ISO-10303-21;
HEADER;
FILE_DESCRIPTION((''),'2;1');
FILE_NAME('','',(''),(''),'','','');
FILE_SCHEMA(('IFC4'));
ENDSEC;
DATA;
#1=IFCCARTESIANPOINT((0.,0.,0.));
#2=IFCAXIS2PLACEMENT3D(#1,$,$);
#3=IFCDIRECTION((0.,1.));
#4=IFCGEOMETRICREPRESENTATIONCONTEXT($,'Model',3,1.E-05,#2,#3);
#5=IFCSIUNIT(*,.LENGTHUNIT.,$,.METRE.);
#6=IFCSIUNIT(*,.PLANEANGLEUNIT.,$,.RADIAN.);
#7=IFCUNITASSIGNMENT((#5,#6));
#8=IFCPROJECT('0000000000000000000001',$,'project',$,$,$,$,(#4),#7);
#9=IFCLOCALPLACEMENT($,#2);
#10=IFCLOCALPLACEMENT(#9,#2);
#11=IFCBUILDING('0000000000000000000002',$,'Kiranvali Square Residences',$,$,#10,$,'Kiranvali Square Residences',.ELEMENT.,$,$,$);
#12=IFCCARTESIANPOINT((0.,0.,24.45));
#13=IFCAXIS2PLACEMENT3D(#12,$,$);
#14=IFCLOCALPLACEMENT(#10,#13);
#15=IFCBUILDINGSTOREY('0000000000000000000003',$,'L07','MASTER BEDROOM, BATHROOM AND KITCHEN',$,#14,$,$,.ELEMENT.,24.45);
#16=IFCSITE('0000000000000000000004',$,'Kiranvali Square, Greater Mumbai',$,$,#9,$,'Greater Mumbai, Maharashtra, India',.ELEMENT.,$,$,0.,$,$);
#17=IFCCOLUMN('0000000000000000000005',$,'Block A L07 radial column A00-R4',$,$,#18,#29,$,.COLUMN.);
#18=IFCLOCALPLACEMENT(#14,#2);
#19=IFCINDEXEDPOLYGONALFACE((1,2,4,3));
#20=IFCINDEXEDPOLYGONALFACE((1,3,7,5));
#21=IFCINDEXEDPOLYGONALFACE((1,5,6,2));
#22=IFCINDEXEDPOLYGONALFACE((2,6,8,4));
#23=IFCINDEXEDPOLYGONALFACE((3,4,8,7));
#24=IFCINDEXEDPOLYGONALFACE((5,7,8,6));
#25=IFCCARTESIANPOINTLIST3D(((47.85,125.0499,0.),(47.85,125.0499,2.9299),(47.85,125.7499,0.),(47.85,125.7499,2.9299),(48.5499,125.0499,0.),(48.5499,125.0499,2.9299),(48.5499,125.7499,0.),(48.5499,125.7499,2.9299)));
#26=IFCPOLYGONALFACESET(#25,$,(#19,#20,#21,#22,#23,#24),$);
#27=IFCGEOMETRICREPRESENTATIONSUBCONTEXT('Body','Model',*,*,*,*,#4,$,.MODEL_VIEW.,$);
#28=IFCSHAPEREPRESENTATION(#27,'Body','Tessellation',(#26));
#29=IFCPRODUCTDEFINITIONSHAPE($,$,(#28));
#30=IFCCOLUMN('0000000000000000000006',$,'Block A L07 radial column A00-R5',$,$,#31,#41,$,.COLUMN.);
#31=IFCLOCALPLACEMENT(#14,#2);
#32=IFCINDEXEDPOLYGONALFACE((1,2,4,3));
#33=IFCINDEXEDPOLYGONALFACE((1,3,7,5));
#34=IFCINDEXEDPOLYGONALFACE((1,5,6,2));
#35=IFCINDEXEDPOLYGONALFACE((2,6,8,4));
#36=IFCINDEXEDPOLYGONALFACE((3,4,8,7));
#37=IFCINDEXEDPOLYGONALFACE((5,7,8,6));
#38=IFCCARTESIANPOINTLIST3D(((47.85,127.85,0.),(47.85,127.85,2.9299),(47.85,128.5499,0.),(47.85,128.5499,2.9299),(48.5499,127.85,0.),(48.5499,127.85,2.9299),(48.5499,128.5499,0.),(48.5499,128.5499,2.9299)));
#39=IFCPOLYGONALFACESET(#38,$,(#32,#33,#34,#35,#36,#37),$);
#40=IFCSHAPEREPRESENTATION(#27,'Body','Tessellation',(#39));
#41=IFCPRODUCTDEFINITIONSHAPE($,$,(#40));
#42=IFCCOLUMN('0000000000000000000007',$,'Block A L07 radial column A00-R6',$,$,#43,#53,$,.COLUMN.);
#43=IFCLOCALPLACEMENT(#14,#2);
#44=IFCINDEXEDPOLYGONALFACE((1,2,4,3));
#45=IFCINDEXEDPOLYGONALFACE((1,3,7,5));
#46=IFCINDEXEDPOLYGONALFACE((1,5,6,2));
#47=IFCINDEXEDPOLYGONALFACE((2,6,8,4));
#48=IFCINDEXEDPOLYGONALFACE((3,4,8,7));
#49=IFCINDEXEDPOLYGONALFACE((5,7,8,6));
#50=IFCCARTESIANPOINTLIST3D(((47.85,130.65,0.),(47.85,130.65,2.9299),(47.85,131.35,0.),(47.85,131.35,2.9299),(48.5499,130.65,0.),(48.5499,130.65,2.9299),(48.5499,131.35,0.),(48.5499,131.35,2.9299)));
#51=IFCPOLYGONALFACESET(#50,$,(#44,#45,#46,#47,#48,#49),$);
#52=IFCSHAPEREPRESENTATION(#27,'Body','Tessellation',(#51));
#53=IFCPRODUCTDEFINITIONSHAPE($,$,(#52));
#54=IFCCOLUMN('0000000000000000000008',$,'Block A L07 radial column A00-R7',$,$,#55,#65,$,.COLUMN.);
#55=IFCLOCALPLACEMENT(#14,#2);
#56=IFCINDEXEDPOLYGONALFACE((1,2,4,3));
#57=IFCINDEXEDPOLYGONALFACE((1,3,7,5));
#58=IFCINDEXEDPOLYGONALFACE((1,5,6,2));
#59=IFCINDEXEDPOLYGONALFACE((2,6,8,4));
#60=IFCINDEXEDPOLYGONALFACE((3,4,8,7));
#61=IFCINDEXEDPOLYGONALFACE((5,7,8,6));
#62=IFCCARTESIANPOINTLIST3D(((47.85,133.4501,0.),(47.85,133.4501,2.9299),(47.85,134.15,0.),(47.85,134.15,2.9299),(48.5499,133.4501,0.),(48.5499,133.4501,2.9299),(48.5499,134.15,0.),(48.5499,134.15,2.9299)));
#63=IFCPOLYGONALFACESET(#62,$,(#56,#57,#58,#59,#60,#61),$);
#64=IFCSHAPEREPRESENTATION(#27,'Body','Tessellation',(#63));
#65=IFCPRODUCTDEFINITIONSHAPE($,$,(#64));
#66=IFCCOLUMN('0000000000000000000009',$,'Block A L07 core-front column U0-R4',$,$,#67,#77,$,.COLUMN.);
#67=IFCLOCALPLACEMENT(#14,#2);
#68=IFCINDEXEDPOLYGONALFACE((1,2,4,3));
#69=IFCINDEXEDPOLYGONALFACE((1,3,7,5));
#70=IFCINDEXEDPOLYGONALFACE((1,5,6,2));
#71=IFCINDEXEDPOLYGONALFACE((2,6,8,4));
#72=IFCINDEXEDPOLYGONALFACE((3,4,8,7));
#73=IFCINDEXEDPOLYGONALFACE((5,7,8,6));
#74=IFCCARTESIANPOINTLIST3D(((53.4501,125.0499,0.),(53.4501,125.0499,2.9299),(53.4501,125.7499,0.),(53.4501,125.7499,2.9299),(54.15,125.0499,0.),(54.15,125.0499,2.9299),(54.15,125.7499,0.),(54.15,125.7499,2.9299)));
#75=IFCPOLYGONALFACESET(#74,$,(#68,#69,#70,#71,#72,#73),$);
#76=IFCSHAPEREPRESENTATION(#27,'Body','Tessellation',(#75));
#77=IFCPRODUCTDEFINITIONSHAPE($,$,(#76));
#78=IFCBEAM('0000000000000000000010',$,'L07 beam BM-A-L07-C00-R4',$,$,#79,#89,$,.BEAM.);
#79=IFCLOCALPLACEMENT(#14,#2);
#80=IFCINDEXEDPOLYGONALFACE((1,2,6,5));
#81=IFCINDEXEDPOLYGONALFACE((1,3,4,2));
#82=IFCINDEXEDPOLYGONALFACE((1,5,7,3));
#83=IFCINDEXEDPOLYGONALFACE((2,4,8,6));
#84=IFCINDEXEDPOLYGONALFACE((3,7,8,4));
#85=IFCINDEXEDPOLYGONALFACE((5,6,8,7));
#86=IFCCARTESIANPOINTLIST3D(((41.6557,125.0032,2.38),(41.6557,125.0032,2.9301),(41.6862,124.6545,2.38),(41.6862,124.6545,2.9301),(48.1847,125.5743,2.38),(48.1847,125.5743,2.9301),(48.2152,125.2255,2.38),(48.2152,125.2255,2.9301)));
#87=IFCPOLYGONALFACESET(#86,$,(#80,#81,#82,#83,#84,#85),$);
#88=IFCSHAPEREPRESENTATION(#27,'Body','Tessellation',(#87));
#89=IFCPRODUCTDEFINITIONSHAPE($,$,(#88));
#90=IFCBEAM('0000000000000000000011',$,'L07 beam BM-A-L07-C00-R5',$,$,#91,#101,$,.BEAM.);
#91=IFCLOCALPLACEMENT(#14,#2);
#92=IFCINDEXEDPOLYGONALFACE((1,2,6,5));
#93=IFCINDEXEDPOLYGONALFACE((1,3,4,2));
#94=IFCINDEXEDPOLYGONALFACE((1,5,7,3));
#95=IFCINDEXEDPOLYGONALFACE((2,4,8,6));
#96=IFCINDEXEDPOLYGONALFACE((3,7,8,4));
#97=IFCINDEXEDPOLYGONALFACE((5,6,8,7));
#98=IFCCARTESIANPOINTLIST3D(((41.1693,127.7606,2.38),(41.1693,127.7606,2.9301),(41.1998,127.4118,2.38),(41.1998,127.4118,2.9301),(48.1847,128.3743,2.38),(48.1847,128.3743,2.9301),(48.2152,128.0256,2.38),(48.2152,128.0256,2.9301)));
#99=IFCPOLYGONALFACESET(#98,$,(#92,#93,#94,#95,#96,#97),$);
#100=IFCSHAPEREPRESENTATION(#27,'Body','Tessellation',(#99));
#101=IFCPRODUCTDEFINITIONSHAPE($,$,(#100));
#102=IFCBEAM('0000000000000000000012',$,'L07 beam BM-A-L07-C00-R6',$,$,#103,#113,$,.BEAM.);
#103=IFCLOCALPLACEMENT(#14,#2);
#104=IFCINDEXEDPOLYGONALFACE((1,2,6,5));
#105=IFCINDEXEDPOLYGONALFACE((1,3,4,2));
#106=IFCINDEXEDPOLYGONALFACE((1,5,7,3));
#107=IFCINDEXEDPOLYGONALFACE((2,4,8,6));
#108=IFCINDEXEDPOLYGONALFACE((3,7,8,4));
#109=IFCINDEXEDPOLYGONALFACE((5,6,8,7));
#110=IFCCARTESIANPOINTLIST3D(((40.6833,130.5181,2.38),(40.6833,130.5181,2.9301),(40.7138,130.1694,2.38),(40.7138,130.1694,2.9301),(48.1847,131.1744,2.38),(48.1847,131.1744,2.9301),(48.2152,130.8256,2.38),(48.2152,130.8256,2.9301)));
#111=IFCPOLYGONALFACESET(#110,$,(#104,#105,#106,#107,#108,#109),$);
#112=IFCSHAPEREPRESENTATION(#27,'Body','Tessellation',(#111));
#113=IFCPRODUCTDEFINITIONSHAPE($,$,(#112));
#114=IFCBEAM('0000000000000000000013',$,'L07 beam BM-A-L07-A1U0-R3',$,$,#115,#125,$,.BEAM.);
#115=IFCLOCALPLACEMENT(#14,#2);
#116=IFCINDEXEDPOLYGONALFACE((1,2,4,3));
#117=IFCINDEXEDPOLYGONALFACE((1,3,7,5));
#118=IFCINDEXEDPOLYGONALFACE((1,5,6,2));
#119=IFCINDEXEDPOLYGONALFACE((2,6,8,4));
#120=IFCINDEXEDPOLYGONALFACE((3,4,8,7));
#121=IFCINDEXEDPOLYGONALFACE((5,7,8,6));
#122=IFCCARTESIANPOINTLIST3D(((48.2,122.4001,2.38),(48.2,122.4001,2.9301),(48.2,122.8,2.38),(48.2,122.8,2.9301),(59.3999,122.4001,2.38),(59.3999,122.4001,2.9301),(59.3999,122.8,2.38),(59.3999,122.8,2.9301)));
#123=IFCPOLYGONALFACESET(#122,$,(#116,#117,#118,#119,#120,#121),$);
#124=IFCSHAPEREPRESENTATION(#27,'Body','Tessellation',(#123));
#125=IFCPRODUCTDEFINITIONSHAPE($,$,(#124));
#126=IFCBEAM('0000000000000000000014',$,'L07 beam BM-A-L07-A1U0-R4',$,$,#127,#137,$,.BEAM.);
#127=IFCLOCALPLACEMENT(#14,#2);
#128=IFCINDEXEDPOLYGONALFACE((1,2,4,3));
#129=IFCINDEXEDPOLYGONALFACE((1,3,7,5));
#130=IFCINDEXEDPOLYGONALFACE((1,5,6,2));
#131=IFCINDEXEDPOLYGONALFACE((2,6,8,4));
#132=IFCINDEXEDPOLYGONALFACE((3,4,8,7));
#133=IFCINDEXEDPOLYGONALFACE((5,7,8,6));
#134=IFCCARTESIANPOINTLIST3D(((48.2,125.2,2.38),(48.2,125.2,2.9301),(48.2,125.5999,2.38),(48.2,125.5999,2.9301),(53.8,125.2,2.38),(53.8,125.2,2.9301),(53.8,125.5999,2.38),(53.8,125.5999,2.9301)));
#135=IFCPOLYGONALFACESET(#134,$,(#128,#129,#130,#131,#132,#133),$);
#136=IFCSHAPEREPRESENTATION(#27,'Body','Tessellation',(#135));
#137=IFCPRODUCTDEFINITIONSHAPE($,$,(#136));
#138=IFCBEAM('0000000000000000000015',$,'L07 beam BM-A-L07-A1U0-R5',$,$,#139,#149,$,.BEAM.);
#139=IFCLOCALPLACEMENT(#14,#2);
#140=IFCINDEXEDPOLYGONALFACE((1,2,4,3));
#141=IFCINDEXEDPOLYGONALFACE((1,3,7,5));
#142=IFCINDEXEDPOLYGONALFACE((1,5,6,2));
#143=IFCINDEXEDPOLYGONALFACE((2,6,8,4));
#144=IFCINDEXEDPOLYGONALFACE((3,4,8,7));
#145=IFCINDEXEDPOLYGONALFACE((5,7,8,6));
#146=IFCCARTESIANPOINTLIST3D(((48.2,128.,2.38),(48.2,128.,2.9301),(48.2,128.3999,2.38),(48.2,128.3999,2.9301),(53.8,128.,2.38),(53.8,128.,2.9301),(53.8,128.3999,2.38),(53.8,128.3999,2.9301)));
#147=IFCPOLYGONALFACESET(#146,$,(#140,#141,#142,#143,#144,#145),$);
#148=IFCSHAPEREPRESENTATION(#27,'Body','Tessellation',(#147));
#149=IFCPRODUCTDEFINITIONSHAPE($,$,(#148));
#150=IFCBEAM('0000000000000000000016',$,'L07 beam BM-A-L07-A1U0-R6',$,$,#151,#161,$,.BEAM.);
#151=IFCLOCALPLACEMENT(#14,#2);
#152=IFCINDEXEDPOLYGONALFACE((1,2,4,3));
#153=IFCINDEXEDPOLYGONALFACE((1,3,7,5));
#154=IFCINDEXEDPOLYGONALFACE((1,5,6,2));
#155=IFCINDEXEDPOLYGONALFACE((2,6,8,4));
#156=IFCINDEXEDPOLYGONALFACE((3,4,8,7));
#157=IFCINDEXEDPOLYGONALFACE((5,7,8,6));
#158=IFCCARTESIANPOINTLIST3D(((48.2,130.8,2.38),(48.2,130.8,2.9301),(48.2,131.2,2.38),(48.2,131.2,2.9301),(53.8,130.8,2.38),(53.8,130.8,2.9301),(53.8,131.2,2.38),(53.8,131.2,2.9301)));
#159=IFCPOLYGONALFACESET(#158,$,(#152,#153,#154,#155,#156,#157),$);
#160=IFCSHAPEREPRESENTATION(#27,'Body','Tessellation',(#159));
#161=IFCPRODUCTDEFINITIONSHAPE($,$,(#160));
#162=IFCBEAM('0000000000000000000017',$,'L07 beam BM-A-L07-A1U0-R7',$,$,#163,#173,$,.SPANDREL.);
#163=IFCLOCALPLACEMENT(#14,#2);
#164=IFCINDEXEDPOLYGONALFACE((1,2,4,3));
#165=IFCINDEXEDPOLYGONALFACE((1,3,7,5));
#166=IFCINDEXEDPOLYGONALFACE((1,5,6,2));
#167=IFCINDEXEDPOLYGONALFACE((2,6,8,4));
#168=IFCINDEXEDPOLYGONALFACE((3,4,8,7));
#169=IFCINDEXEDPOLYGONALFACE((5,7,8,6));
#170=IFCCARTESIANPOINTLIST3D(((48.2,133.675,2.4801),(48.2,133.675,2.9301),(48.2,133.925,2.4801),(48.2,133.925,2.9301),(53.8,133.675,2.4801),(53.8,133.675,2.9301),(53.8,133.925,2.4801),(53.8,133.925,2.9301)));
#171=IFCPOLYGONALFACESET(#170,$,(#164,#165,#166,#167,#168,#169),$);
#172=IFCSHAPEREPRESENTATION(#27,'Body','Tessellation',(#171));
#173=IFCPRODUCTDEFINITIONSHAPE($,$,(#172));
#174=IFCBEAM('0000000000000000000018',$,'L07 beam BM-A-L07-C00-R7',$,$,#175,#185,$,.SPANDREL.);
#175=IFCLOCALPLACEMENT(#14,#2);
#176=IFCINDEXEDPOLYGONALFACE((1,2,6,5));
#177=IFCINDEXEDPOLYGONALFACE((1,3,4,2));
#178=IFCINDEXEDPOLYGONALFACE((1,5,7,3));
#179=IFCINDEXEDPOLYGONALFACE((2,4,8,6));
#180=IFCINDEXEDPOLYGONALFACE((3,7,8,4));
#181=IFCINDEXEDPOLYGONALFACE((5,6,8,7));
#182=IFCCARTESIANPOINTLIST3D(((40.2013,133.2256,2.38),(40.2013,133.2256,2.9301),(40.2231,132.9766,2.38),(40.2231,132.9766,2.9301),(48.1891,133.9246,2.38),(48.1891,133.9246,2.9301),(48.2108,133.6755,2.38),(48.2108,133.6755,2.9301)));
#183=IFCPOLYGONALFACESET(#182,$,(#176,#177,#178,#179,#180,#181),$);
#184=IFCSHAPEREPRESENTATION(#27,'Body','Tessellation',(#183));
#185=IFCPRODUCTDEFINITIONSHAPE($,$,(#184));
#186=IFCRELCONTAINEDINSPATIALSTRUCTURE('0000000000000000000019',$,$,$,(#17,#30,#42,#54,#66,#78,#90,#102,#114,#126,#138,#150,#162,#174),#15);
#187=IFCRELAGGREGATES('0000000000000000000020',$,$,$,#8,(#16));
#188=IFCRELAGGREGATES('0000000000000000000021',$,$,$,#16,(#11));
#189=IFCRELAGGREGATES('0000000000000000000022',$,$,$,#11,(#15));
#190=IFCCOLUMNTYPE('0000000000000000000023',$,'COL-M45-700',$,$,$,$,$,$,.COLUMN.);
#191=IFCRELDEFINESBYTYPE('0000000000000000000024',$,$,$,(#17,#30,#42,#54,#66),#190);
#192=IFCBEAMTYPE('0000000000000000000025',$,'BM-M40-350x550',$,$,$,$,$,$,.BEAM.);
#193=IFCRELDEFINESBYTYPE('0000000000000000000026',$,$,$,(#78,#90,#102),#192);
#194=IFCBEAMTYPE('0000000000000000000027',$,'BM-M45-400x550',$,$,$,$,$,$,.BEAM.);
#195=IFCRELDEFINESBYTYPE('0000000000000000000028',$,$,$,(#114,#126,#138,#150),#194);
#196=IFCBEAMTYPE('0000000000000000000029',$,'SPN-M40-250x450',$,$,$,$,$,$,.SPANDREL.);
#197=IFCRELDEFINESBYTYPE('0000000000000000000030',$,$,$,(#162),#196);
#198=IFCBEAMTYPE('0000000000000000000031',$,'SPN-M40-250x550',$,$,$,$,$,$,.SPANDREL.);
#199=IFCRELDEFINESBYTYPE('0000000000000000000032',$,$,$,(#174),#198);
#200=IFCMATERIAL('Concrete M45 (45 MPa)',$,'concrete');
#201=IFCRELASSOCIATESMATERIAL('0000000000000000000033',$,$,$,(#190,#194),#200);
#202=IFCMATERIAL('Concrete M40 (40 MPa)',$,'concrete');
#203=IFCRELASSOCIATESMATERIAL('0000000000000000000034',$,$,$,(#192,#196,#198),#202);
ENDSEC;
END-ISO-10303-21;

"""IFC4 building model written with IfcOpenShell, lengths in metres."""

from ifc_helpers import new_model, si_unit, direction, frame, origin, origin_2d, place, context, subcontext, project, spatial, rectangle, extrude, material, material_profile, profile_set, type_object, element, save


model = new_model("IFC4")

# Units and contexts
model_context = context("Model", 3, precision=1e-05, world=origin(), true_north=direction((0.0, 1.0)))
body_context = subcontext(model_context, "Body", "Model", "MODEL_VIEW")
ifc_project = project(units=[si_unit("LENGTHUNIT", "METRE"), si_unit("PLANEANGLEUNIT", "RADIAN")], contexts=[model_context])

# Site, building, storey
site_placement = place(None, origin())
site = spatial("IfcSite", under=ifc_project, at=site_placement, Name="Kiranvali Square, Greater Mumbai", LongName="Greater Mumbai, Maharashtra, India", CompositionType="ELEMENT", RefElevation=0.0)
building_placement = place(site_placement, origin())
building = spatial("IfcBuilding", under=site, at=building_placement, Name="Kiranvali Square Residences", LongName="Kiranvali Square Residences", CompositionType="ELEMENT")
storey_placement = place(building_placement, frame((0.0, 0.0, 24.45)))
storey = spatial("IfcBuildingStorey", under=building, at=storey_placement, Name="L07", Description="MASTER BEDROOM, BATHROOM AND KITCHEN", CompositionType="ELEMENT", Elevation=24.45)

# Columns
ifc_material_1 = material(Name="Concrete M45 (45 MPa)", Category="concrete")
ifc_material_profile_1 = material_profile(ifc_material_1, rectangle(XDim=0.7, YDim=0.7, at=origin_2d()), Name="RC 700x700")
ifc_profile_set_1 = profile_set([ifc_material_profile_1], Name="Concrete M45 (45 MPa)")
column_type = type_object("IfcColumnType", Name="COL-M45-700", PredefinedType="COLUMN", material=ifc_profile_set_1)
for number, where, z_axis, x_axis, name in (
    (1, (48.2, 125.3999, 0.0), (0.0, 0.0, 1.0), (1.0, 0.0, 0.0), "Block A L07 radial column A00-R4"),
    (2, (48.2, 128.2, 0.0), (0.0, 0.0, 1.0), (1.0, 0.0, 0.0), "Block A L07 radial column A00-R5"),
    (3, (48.2, 131.0, 0.0), (0.0, 0.0, 1.0), (1.0, 0.0, 0.0), "Block A L07 radial column A00-R6"),
    (4, (48.2, 133.8, 0.0), (0.0, 0.0, 1.0), (1.0, 0.0, 0.0), "Block A L07 radial column A00-R7"),
    (5, (53.8, 125.3999, 0.0), (0.0, 0.0, 1.0), (1.0, 0.0, 0.0), "Block A L07 core-front column U0-R4"),
):
    element("IfcColumn", number, at=place(storey_placement, frame(where, z_axis=z_axis, x_axis=x_axis)), inside=storey, type_object=column_type, Name=name, PredefinedType="COLUMN", context=body_context, shape_type="SweptSolid", body=[
        extrude(rectangle(XDim=0.7, YDim=0.7, at=origin_2d()), origin(), (0.0, 0.0, 1.0), 2.9299),
    ])

# Beams
ifc_material_2 = material(Name="Concrete M40 (40 MPa)", Category="concrete")
ifc_material_profile_2 = material_profile(ifc_material_2, rectangle(XDim=0.3501, YDim=0.55, at=origin_2d()), Name="RC 350x550")
ifc_profile_set_2 = profile_set([ifc_material_profile_2], Name="Concrete M40 (40 MPa)")
beam_type_1 = type_object("IfcBeamType", Name="BM-M40-350x550", PredefinedType="BEAM", material=ifc_profile_set_2)
beam_1_placement = place(storey_placement, frame((48.2, 125.3999, 2.655), z_axis=(-0.996197, -0.08713, 0.0), x_axis=(0.08713, -0.996197, 0.0)))
element("IfcBeam", 6, at=beam_1_placement, inside=storey, type_object=beam_type_1, Name="L07 beam BM-A-L07-C00-R4", PredefinedType="BEAM", context=body_context, shape_type="SweptSolid", body=[
    extrude(rectangle(XDim=0.3501, YDim=0.55, at=origin_2d()), origin(), (0.0, 0.0, 1.0), 6.554),
])
beam_2_placement = place(storey_placement, frame((48.2, 128.2, 2.655), z_axis=(-0.996195, -0.087156, 0.0), x_axis=(0.087156, -0.996195, 0.0)))
element("IfcBeam", 7, at=beam_2_placement, inside=storey, type_object=beam_type_1, Name="L07 beam BM-A-L07-C00-R5", PredefinedType="BEAM", context=body_context, shape_type="SweptSolid", body=[
    extrude(rectangle(XDim=0.3501, YDim=0.55, at=origin_2d()), origin(), (0.0, 0.0, 1.0), 7.0422),
])
beam_3_placement = place(storey_placement, frame((48.2, 131.0, 2.655), z_axis=(-0.996195, -0.08715, 0.0), x_axis=(0.08715, -0.996195, 0.0)))
element("IfcBeam", 8, at=beam_3_placement, inside=storey, type_object=beam_type_1, Name="L07 beam BM-A-L07-C00-R6", PredefinedType="BEAM", context=body_context, shape_type="SweptSolid", body=[
    extrude(rectangle(XDim=0.3501, YDim=0.55, at=origin_2d()), origin(), (0.0, 0.0, 1.0), 7.53),
])
ifc_material_profile_3 = material_profile(ifc_material_1, rectangle(XDim=0.3999, YDim=0.55, at=origin_2d()), Name="RC 400x550")
ifc_profile_set_3 = profile_set([ifc_material_profile_3], Name="Concrete M45 (45 MPa)")
beam_type_2 = type_object("IfcBeamType", Name="BM-M45-400x550", PredefinedType="BEAM", material=ifc_profile_set_3)
beam_4_placement = place(storey_placement, frame((48.2, 122.6001, 2.655), z_axis=(1.0, 0.0, 0.0), x_axis=(0.0, 1.0, 0.0)))
element("IfcBeam", 9, at=beam_4_placement, inside=storey, type_object=beam_type_2, Name="L07 beam BM-A-L07-A1U0-R3", PredefinedType="BEAM", context=body_context, shape_type="SweptSolid", body=[
    extrude(rectangle(XDim=0.3999, YDim=0.55, at=origin_2d()), origin(), (0.0, 0.0, 1.0), 11.2),
])
for number, where, z_axis, x_axis, name in (
    (10, (48.2, 125.3999, 2.655), (1.0, 0.0, 0.0), (0.0, 1.0, 0.0), "L07 beam BM-A-L07-A1U0-R4"),
    (11, (48.2, 128.2, 2.655), (1.0, 0.0, 0.0), (0.0, 1.0, 0.0), "L07 beam BM-A-L07-A1U0-R5"),
    (12, (48.2, 131.0, 2.655), (1.0, 0.0, 0.0), (0.0, 1.0, 0.0), "L07 beam BM-A-L07-A1U0-R6"),
):
    element("IfcBeam", number, at=place(storey_placement, frame(where, z_axis=z_axis, x_axis=x_axis)), inside=storey, type_object=beam_type_2, Name=name, PredefinedType="BEAM", context=body_context, shape_type="SweptSolid", body=[
        extrude(rectangle(XDim=0.3999, YDim=0.55, at=origin_2d()), origin(), (0.0, 0.0, 1.0), 5.6001),
    ])
ifc_material_profile_4 = material_profile(ifc_material_2, rectangle(XDim=0.25, YDim=0.45, at=origin_2d()), Name="RC 250x450")
ifc_profile_set_4 = profile_set([ifc_material_profile_4], Name="Concrete M40 (40 MPa)")
beam_type_3 = type_object("IfcBeamType", Name="SPN-M40-250x450", PredefinedType="SPANDREL", material=ifc_profile_set_4)
beam_5_placement = place(storey_placement, frame((48.2, 133.8, 2.7051), z_axis=(1.0, 0.0, 0.0), x_axis=(0.0, 1.0, 0.0)))
element("IfcBeam", 13, at=beam_5_placement, inside=storey, type_object=beam_type_3, Name="L07 beam BM-A-L07-A1U0-R7", PredefinedType="SPANDREL", context=body_context, shape_type="SweptSolid", body=[
    extrude(rectangle(XDim=0.25, YDim=0.45, at=origin_2d()), origin(), (0.0, 0.0, 1.0), 5.6001),
])
ifc_material_profile_5 = material_profile(ifc_material_2, rectangle(XDim=0.25, YDim=0.55, at=origin_2d()), Name="RC 250x550")
ifc_profile_set_5 = profile_set([ifc_material_profile_5], Name="Concrete M40 (40 MPa)")
beam_type_4 = type_object("IfcBeamType", Name="SPN-M40-250x550", PredefinedType="SPANDREL", material=ifc_profile_set_5)
beam_6_placement = place(storey_placement, frame((48.2, 133.8, 2.655), z_axis=(-0.996193, -0.087172, 0.0), x_axis=(0.087172, -0.996193, 0.0)))
element("IfcBeam", 14, at=beam_6_placement, inside=storey, type_object=beam_type_4, Name="L07 beam BM-A-L07-C00-R7", PredefinedType="SPANDREL", context=body_context, shape_type="SweptSolid", body=[
    extrude(rectangle(XDim=0.25, YDim=0.55, at=origin_2d()), origin(), (0.0, 0.0, 1.0), 8.0183),
])

save(model, "model.ifc")
